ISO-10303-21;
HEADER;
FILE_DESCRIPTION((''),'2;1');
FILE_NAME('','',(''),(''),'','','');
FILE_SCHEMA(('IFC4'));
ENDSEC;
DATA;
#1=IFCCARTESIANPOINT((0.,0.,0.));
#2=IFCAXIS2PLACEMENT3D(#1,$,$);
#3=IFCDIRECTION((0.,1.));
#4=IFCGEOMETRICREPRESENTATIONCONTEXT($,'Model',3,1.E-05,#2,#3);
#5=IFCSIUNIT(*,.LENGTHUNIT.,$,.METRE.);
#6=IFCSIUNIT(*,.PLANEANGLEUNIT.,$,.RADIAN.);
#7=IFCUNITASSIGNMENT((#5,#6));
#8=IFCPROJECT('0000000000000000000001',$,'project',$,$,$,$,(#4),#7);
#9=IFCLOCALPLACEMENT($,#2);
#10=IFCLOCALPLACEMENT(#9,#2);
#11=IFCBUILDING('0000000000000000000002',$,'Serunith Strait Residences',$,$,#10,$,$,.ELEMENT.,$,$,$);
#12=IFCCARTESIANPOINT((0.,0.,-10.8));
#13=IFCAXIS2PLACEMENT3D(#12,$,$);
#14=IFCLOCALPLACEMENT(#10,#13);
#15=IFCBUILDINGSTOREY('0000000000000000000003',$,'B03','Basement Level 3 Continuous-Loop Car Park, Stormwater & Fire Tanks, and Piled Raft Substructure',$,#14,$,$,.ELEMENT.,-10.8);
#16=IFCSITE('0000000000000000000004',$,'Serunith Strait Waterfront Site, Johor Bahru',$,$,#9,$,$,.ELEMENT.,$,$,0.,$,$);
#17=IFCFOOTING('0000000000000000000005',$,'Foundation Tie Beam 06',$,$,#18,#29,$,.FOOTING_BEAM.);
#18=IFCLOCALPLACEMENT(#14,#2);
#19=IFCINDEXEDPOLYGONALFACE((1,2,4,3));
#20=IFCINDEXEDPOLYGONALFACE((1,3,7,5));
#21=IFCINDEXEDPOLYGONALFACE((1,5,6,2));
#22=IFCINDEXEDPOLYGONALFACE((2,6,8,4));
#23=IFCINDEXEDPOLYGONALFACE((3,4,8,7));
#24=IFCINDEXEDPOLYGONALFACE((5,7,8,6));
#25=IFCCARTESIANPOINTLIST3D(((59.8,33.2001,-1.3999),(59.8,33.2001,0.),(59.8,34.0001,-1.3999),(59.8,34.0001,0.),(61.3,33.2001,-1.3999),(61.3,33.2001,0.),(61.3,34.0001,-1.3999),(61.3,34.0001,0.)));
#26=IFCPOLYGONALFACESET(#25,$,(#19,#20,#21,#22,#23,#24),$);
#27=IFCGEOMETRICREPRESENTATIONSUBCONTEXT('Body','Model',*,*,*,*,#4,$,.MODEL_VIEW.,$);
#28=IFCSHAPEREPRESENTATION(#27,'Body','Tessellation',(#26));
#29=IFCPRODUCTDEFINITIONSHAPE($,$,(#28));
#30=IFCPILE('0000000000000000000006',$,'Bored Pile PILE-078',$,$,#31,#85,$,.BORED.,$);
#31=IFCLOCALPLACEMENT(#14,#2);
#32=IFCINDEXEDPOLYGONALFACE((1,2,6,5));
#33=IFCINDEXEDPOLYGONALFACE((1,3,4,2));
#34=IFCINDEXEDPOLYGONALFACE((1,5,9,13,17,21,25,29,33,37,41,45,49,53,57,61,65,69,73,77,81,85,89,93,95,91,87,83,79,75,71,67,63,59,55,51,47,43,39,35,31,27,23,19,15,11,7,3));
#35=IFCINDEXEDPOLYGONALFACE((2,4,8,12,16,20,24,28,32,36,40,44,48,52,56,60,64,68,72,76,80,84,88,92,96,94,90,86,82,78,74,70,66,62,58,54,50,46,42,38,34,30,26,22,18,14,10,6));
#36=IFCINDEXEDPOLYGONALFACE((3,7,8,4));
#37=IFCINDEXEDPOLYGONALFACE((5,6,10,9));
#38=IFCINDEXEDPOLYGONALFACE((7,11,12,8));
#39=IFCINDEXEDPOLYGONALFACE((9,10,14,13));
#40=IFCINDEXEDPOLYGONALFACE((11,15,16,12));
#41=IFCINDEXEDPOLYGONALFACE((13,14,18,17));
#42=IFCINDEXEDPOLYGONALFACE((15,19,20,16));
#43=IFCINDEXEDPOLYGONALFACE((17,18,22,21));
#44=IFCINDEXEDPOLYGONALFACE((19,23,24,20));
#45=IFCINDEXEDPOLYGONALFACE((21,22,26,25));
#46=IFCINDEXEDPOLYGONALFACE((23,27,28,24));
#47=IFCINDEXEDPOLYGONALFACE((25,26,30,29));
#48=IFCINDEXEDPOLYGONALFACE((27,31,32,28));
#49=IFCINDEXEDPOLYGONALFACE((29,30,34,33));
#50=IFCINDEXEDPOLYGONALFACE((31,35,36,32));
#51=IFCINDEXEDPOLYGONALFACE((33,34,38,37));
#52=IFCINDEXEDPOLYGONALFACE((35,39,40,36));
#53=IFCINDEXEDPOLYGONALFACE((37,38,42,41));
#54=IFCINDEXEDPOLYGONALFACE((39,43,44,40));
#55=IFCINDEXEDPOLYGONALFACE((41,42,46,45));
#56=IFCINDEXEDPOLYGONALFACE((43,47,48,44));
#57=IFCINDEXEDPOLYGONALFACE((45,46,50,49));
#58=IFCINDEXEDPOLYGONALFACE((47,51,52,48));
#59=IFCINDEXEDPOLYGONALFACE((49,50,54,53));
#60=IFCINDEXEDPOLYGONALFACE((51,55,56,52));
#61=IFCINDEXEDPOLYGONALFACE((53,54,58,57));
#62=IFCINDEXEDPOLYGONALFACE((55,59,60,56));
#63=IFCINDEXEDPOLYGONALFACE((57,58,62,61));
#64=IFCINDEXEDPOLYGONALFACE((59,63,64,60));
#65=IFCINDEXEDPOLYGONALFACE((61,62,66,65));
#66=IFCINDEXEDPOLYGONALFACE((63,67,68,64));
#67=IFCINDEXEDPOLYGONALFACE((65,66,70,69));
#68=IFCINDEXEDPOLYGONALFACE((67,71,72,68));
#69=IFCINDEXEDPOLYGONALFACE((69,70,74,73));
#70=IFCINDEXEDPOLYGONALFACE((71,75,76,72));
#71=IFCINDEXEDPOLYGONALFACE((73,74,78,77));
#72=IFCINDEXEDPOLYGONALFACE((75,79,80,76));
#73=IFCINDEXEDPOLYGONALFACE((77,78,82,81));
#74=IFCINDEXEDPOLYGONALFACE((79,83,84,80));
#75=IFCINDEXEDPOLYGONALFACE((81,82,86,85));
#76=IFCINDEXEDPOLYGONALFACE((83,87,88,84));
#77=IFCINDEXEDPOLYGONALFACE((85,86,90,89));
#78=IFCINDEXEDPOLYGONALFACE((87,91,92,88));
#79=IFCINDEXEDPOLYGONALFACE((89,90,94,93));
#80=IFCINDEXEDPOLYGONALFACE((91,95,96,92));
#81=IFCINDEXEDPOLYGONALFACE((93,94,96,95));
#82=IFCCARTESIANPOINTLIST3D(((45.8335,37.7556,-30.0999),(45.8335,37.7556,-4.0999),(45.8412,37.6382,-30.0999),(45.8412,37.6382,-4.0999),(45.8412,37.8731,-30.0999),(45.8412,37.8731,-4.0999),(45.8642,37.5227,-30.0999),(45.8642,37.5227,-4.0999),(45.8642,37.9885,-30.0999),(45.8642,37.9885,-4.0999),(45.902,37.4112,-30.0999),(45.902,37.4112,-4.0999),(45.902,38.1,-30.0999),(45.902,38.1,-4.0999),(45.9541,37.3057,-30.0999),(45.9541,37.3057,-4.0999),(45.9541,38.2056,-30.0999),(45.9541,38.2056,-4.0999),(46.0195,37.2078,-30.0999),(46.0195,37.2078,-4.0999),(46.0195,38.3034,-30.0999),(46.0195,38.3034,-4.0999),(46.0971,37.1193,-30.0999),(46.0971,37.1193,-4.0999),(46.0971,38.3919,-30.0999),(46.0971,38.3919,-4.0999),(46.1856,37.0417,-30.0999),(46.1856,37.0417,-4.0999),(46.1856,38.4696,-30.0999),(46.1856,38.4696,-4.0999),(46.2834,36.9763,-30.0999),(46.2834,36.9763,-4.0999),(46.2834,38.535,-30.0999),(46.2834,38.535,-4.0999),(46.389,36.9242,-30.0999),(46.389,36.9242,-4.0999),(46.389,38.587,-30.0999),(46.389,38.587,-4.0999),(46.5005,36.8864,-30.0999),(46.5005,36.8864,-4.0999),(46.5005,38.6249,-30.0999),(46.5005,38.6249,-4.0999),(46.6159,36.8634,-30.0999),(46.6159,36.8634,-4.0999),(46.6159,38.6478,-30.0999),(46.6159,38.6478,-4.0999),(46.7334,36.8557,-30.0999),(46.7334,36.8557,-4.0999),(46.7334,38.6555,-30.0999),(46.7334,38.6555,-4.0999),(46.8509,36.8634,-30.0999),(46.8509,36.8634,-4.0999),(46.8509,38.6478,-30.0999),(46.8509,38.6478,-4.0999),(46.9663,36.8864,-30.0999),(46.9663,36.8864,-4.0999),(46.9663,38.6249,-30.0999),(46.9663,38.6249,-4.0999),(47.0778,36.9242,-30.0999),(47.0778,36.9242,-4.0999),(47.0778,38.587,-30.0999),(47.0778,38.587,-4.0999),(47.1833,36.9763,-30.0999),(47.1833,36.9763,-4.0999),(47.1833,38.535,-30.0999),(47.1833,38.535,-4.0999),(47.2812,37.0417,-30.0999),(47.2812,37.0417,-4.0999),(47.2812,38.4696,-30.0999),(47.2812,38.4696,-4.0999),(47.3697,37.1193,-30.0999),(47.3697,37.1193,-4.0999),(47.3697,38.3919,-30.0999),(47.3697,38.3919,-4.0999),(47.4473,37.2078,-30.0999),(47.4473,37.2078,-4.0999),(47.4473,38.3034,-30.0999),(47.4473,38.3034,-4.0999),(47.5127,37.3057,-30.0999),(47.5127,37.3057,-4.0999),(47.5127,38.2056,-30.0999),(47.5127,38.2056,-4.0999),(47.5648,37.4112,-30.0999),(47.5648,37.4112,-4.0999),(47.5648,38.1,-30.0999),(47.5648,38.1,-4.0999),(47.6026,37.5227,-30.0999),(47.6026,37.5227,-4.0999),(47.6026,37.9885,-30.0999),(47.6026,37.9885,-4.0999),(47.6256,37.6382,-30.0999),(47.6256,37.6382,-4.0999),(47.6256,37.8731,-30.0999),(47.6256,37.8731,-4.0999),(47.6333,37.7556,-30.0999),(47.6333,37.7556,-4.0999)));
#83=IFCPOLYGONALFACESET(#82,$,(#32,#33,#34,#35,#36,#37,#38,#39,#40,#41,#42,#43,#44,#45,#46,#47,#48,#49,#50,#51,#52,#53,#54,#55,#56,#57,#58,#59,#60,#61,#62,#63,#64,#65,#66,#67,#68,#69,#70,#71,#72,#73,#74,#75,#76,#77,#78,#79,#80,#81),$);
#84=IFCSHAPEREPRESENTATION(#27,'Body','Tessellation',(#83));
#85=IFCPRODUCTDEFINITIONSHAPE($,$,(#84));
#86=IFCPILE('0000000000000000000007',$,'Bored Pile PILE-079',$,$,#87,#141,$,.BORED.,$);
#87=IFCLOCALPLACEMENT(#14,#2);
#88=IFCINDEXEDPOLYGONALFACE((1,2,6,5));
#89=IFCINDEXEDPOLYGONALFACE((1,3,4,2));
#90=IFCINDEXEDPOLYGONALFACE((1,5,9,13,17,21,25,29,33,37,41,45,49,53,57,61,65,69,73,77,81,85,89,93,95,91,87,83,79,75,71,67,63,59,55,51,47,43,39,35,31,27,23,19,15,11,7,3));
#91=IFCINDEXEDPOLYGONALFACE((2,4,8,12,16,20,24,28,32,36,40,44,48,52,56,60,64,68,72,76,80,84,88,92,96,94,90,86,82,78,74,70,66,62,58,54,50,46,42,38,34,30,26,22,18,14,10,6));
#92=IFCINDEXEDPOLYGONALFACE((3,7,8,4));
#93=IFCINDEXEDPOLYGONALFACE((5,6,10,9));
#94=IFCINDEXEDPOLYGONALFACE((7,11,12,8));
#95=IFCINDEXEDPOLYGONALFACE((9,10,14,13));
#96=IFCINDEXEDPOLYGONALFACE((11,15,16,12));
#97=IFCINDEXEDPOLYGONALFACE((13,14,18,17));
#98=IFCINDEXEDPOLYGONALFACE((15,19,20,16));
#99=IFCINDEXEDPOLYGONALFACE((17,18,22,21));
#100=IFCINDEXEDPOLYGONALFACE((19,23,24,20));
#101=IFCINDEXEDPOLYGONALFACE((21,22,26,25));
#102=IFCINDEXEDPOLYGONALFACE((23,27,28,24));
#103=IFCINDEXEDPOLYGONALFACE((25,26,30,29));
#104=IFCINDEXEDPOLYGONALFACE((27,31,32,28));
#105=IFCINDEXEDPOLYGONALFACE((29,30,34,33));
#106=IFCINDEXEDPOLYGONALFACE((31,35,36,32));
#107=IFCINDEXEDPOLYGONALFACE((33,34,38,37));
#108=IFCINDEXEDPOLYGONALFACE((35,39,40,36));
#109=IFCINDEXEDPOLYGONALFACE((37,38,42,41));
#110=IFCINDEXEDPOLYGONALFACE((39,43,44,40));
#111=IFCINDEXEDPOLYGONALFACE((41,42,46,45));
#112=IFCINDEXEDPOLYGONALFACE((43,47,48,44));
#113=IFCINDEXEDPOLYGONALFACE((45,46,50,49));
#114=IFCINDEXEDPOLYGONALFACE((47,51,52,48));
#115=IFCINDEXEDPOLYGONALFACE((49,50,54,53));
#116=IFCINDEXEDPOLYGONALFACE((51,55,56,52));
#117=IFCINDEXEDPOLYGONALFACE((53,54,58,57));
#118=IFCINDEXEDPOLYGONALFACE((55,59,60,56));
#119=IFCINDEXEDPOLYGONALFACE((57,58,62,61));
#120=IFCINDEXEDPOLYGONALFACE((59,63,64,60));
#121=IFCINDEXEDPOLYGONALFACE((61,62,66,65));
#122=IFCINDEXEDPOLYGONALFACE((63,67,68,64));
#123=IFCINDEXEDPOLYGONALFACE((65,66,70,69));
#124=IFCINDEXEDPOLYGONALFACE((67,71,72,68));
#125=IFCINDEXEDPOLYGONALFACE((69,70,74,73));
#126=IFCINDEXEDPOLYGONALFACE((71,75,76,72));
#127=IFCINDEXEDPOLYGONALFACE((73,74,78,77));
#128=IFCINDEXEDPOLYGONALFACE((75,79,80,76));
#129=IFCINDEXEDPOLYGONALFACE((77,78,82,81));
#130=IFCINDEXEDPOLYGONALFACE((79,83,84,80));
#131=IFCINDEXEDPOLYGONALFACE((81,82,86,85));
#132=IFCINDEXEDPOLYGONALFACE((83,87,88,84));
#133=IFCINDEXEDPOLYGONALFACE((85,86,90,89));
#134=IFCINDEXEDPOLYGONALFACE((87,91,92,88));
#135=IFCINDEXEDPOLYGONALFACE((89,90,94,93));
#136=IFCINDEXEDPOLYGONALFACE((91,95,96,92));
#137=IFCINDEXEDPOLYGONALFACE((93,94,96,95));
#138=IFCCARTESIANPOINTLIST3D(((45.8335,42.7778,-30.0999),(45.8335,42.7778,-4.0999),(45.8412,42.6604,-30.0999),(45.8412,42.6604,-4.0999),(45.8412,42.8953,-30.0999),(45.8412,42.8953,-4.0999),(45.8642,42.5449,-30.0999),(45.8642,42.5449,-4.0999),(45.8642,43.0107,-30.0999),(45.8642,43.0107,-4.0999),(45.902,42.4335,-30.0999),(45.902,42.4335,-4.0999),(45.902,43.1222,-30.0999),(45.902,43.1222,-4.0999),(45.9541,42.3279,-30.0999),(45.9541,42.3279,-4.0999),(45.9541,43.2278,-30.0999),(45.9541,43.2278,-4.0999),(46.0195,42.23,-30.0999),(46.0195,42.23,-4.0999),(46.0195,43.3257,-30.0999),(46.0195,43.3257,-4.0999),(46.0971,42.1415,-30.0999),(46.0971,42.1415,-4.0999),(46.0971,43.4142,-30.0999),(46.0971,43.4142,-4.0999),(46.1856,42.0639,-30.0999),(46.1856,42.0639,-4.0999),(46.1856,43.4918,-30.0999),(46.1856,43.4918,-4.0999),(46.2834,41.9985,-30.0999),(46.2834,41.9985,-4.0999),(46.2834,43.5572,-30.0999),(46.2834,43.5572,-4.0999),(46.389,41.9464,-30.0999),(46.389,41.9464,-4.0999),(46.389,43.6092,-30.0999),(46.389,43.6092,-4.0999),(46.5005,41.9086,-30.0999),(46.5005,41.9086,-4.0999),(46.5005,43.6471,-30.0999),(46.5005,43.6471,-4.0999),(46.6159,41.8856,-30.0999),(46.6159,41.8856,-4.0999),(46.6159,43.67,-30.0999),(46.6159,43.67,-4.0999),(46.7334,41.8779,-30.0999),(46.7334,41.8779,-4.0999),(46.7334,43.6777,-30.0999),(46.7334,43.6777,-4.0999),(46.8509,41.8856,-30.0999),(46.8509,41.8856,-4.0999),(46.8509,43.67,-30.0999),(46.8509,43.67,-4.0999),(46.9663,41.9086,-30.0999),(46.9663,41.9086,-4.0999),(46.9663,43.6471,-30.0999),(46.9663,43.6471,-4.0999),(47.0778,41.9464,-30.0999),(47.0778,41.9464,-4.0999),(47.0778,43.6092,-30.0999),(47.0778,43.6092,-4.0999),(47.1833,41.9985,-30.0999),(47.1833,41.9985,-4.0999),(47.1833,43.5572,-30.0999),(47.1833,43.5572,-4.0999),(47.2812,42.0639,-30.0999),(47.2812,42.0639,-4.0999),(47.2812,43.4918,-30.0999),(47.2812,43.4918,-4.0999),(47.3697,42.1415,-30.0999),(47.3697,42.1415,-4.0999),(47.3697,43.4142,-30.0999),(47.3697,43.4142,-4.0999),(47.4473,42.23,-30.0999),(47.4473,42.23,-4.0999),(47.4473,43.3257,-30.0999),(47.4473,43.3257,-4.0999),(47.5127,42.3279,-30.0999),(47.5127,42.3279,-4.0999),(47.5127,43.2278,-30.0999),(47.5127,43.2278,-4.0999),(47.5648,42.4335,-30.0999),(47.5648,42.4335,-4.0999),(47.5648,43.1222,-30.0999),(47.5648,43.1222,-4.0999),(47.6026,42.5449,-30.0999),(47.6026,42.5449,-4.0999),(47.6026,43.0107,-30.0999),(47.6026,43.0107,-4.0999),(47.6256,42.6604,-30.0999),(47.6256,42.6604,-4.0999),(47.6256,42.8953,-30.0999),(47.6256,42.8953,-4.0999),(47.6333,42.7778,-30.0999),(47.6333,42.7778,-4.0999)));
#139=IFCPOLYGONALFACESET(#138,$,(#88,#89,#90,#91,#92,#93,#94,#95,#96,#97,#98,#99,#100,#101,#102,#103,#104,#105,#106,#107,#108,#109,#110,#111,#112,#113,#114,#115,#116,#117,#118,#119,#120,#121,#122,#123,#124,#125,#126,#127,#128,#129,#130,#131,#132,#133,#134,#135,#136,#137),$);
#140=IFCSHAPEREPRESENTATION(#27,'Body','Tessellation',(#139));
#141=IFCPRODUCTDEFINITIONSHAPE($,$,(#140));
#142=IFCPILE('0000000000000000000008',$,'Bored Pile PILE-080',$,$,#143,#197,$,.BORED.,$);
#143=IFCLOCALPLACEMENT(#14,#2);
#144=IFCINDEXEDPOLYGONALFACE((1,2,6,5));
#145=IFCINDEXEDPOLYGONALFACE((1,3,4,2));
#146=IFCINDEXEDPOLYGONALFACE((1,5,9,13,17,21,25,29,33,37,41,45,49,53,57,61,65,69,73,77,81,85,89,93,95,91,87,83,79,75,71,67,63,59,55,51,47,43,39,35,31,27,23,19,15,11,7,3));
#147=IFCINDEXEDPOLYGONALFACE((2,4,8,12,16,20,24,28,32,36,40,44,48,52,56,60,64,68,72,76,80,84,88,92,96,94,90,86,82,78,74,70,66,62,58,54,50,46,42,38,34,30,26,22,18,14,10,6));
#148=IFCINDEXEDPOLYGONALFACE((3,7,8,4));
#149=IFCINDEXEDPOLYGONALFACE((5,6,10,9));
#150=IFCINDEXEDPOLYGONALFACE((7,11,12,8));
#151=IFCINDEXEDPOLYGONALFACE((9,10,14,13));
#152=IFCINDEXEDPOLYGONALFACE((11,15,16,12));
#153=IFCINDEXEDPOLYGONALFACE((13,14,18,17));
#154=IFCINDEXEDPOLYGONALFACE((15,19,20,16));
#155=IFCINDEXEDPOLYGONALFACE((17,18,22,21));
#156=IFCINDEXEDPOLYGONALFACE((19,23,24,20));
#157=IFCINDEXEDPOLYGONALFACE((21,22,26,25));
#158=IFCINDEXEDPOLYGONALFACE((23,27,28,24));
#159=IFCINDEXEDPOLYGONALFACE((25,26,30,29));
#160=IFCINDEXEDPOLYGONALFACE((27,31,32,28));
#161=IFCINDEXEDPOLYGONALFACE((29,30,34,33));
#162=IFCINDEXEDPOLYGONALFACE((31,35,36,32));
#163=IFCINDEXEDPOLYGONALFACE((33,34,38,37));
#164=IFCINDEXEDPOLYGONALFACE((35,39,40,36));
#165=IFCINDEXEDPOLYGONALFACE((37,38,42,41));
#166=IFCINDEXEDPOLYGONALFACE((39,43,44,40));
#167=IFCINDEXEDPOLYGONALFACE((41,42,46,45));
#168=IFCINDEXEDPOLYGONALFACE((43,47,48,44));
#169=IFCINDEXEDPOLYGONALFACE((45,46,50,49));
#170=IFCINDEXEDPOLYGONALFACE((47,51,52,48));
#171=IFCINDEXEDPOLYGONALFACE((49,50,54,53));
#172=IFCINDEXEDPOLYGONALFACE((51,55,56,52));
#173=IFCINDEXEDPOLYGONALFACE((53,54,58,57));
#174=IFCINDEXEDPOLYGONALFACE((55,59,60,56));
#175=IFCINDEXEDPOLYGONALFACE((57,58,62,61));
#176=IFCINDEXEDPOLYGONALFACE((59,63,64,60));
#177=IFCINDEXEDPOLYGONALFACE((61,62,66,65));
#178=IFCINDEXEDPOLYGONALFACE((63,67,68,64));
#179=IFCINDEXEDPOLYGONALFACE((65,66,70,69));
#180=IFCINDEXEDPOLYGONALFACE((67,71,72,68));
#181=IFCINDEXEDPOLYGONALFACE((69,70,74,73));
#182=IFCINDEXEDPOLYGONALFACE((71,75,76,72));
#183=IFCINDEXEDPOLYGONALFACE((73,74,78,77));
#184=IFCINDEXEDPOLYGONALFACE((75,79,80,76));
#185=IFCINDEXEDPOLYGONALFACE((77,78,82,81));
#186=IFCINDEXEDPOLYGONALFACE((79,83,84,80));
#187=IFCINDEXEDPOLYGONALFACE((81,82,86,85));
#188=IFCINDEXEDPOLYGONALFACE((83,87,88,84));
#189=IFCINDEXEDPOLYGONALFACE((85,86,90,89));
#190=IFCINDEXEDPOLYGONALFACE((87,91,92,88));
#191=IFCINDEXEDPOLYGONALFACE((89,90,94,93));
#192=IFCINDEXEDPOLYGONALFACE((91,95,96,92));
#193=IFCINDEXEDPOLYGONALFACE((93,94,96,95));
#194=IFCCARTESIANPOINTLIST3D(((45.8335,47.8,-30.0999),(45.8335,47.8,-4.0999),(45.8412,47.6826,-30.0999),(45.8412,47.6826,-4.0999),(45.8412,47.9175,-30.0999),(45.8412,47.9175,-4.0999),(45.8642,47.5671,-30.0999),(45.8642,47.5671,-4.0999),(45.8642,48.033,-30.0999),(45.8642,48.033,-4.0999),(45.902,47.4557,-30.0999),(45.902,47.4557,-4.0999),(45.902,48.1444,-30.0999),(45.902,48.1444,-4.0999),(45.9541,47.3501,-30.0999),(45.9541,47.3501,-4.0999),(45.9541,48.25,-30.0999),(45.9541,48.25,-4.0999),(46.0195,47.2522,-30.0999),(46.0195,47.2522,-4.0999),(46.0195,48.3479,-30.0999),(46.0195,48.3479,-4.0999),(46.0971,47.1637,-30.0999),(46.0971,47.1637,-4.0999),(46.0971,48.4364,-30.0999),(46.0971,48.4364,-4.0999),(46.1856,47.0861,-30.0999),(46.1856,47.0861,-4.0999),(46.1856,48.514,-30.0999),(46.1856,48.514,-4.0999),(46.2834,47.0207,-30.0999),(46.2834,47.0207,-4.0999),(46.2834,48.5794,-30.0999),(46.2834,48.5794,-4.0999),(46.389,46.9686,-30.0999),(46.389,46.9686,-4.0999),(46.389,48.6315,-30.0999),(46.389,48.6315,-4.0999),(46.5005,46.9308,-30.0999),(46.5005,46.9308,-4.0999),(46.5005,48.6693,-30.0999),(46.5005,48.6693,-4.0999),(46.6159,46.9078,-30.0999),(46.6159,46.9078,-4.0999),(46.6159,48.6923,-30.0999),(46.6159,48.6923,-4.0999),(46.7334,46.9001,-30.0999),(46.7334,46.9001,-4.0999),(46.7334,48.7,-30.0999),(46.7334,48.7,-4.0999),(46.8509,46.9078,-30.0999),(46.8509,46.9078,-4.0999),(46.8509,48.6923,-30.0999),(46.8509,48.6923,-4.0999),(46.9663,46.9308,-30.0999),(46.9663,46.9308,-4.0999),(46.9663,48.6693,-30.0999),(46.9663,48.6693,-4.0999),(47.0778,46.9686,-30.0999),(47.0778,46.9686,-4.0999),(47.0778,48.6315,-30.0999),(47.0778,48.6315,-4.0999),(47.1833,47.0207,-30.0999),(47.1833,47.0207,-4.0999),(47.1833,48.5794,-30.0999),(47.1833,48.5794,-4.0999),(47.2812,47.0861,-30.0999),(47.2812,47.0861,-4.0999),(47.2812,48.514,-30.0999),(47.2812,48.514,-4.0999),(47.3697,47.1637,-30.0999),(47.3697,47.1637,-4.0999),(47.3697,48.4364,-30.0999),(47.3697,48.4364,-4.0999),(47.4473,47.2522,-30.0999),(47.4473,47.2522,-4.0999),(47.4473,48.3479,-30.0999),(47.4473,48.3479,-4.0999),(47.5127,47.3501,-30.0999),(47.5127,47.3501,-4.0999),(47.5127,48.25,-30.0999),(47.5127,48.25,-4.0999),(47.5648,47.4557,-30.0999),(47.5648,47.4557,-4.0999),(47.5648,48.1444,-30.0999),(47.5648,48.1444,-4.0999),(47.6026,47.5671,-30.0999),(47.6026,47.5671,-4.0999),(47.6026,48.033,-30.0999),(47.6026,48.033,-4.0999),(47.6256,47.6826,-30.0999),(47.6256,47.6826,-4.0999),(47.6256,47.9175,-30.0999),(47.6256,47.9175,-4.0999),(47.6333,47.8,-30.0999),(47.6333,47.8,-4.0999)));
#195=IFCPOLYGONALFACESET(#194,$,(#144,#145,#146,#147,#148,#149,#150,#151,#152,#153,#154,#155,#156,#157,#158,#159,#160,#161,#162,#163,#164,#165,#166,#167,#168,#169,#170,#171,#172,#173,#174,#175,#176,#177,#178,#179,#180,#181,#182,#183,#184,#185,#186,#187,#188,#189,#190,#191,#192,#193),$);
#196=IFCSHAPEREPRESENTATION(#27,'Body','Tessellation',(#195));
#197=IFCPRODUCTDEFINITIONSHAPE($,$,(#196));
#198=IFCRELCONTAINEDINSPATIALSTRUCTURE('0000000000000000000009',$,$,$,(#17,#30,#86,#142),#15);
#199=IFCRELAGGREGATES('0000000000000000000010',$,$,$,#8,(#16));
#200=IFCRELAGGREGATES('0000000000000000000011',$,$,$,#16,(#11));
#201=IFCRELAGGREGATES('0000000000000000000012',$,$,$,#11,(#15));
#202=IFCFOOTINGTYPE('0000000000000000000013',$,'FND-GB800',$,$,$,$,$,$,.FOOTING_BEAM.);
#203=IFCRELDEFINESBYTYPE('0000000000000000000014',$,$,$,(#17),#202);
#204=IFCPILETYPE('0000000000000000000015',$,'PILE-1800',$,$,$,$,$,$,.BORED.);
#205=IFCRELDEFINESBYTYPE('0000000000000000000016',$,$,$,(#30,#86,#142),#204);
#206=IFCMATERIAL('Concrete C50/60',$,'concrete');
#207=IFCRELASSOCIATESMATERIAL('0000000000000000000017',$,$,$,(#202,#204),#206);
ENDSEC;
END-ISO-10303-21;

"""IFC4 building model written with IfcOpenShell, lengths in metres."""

from ifc_helpers import new_model, si_unit, direction, frame, origin, origin_2d, place, context, subcontext, project, spatial, rectangle, circle, extrude, source, transform, mapped, material, material_profile, profile_set, type_object, element, save


model = new_model("IFC4")

# Units and contexts
model_context = context("Model", 3, precision=1e-05, world=origin(), true_north=direction((0.0, 1.0)))
body_context = subcontext(model_context, "Body", "Model", "MODEL_VIEW")
ifc_project = project(units=[si_unit("LENGTHUNIT", "METRE"), si_unit("PLANEANGLEUNIT", "RADIAN")], contexts=[model_context])

# Site, building, storey
site_placement = place(None, origin())
site = spatial("IfcSite", under=ifc_project, at=site_placement, Name="Serunith Strait Waterfront Site, Johor Bahru", CompositionType="ELEMENT", RefElevation=0.0)
building_placement = place(site_placement, origin())
building = spatial("IfcBuilding", under=site, at=building_placement, Name="Serunith Strait Residences", CompositionType="ELEMENT")
storey_placement = place(building_placement, frame((0.0, 0.0, -10.8)))
storey = spatial("IfcBuildingStorey", under=building, at=storey_placement, Name="B03", Description="Basement Level 3 Continuous-Loop Car Park, Stormwater & Fire Tanks, and Piled Raft Substructure", CompositionType="ELEMENT", Elevation=-10.8)

# Footing
ifc_material_1 = material(Name="Concrete C50/60", Category="concrete")
ifc_material_profile_1 = material_profile(ifc_material_1, rectangle(XDim=0.8, YDim=1.3999, at=origin_2d()), Name="RC 800x1400")
ifc_profile_set_1 = profile_set([ifc_material_profile_1], Name="Concrete C50/60")
footing_type = type_object("IfcFootingType", Name="FND-GB800", PredefinedType="FOOTING_BEAM", material=ifc_profile_set_1)
shared_shape_1 = source(origin(), body_context, "Body", "SweptSolid", [
    extrude(rectangle(XDim=0.8, YDim=1.3999, at=origin_2d()), origin(), (0.0, 0.0, 1.0), 1.5),
])
footing_placement = place(storey_placement, frame((59.8, 33.6001, -0.7), z_axis=(1.0, 0.0, 0.0), x_axis=(0.0, 1.0, 0.0)))
element("IfcFooting", 1, at=footing_placement, inside=storey, type_object=footing_type, Name="Foundation Tie Beam 06", PredefinedType="FOOTING_BEAM", context=body_context, shape_type="MappedRepresentation", body=[
    mapped(shared_shape_1, transform((0.0, 0.0, 0.0), scale=1.0)),
])

# Piles
ifc_material_profile_2 = material_profile(ifc_material_1, circle(Radius=0.8999, at=origin_2d()), Name="PILE D1800")
ifc_profile_set_2 = profile_set([ifc_material_profile_2], Name="Concrete C50/60")
pile_type_1 = type_object("IfcPileType", Name="PILE-1800", PredefinedType="BORED", material=ifc_profile_set_2)
shared_shape_2 = source(origin(), body_context, "Body", "SweptSolid", [
    extrude(circle(Radius=0.8999, at=origin_2d()), origin(), (0.0, 0.0, 1.0), 26.0),
])
for number, where, z_axis, x_axis, name in (
    (2, (46.7334, 37.7556, -4.0999), (0.0, 0.0, -1.0), (1.0, 0.0, 0.0), "Bored Pile PILE-078"),
    (3, (46.7334, 42.7778, -4.0999), (0.0, 0.0, -1.0), (1.0, 0.0, 0.0), "Bored Pile PILE-079"),
    (4, (46.7334, 47.8, -4.0999), (0.0, 0.0, -1.0), (1.0, 0.0, 0.0), "Bored Pile PILE-080"),
):
    element("IfcPile", number, at=place(storey_placement, frame(where, z_axis=z_axis, x_axis=x_axis)), inside=storey, type_object=pile_type_1, Name=name, PredefinedType="BORED", context=body_context, shape_type="MappedRepresentation", body=[
        mapped(shared_shape_2, transform((0.0, 0.0, 0.0), scale=1.0)),
    ])

save(model, "model.ifc")
